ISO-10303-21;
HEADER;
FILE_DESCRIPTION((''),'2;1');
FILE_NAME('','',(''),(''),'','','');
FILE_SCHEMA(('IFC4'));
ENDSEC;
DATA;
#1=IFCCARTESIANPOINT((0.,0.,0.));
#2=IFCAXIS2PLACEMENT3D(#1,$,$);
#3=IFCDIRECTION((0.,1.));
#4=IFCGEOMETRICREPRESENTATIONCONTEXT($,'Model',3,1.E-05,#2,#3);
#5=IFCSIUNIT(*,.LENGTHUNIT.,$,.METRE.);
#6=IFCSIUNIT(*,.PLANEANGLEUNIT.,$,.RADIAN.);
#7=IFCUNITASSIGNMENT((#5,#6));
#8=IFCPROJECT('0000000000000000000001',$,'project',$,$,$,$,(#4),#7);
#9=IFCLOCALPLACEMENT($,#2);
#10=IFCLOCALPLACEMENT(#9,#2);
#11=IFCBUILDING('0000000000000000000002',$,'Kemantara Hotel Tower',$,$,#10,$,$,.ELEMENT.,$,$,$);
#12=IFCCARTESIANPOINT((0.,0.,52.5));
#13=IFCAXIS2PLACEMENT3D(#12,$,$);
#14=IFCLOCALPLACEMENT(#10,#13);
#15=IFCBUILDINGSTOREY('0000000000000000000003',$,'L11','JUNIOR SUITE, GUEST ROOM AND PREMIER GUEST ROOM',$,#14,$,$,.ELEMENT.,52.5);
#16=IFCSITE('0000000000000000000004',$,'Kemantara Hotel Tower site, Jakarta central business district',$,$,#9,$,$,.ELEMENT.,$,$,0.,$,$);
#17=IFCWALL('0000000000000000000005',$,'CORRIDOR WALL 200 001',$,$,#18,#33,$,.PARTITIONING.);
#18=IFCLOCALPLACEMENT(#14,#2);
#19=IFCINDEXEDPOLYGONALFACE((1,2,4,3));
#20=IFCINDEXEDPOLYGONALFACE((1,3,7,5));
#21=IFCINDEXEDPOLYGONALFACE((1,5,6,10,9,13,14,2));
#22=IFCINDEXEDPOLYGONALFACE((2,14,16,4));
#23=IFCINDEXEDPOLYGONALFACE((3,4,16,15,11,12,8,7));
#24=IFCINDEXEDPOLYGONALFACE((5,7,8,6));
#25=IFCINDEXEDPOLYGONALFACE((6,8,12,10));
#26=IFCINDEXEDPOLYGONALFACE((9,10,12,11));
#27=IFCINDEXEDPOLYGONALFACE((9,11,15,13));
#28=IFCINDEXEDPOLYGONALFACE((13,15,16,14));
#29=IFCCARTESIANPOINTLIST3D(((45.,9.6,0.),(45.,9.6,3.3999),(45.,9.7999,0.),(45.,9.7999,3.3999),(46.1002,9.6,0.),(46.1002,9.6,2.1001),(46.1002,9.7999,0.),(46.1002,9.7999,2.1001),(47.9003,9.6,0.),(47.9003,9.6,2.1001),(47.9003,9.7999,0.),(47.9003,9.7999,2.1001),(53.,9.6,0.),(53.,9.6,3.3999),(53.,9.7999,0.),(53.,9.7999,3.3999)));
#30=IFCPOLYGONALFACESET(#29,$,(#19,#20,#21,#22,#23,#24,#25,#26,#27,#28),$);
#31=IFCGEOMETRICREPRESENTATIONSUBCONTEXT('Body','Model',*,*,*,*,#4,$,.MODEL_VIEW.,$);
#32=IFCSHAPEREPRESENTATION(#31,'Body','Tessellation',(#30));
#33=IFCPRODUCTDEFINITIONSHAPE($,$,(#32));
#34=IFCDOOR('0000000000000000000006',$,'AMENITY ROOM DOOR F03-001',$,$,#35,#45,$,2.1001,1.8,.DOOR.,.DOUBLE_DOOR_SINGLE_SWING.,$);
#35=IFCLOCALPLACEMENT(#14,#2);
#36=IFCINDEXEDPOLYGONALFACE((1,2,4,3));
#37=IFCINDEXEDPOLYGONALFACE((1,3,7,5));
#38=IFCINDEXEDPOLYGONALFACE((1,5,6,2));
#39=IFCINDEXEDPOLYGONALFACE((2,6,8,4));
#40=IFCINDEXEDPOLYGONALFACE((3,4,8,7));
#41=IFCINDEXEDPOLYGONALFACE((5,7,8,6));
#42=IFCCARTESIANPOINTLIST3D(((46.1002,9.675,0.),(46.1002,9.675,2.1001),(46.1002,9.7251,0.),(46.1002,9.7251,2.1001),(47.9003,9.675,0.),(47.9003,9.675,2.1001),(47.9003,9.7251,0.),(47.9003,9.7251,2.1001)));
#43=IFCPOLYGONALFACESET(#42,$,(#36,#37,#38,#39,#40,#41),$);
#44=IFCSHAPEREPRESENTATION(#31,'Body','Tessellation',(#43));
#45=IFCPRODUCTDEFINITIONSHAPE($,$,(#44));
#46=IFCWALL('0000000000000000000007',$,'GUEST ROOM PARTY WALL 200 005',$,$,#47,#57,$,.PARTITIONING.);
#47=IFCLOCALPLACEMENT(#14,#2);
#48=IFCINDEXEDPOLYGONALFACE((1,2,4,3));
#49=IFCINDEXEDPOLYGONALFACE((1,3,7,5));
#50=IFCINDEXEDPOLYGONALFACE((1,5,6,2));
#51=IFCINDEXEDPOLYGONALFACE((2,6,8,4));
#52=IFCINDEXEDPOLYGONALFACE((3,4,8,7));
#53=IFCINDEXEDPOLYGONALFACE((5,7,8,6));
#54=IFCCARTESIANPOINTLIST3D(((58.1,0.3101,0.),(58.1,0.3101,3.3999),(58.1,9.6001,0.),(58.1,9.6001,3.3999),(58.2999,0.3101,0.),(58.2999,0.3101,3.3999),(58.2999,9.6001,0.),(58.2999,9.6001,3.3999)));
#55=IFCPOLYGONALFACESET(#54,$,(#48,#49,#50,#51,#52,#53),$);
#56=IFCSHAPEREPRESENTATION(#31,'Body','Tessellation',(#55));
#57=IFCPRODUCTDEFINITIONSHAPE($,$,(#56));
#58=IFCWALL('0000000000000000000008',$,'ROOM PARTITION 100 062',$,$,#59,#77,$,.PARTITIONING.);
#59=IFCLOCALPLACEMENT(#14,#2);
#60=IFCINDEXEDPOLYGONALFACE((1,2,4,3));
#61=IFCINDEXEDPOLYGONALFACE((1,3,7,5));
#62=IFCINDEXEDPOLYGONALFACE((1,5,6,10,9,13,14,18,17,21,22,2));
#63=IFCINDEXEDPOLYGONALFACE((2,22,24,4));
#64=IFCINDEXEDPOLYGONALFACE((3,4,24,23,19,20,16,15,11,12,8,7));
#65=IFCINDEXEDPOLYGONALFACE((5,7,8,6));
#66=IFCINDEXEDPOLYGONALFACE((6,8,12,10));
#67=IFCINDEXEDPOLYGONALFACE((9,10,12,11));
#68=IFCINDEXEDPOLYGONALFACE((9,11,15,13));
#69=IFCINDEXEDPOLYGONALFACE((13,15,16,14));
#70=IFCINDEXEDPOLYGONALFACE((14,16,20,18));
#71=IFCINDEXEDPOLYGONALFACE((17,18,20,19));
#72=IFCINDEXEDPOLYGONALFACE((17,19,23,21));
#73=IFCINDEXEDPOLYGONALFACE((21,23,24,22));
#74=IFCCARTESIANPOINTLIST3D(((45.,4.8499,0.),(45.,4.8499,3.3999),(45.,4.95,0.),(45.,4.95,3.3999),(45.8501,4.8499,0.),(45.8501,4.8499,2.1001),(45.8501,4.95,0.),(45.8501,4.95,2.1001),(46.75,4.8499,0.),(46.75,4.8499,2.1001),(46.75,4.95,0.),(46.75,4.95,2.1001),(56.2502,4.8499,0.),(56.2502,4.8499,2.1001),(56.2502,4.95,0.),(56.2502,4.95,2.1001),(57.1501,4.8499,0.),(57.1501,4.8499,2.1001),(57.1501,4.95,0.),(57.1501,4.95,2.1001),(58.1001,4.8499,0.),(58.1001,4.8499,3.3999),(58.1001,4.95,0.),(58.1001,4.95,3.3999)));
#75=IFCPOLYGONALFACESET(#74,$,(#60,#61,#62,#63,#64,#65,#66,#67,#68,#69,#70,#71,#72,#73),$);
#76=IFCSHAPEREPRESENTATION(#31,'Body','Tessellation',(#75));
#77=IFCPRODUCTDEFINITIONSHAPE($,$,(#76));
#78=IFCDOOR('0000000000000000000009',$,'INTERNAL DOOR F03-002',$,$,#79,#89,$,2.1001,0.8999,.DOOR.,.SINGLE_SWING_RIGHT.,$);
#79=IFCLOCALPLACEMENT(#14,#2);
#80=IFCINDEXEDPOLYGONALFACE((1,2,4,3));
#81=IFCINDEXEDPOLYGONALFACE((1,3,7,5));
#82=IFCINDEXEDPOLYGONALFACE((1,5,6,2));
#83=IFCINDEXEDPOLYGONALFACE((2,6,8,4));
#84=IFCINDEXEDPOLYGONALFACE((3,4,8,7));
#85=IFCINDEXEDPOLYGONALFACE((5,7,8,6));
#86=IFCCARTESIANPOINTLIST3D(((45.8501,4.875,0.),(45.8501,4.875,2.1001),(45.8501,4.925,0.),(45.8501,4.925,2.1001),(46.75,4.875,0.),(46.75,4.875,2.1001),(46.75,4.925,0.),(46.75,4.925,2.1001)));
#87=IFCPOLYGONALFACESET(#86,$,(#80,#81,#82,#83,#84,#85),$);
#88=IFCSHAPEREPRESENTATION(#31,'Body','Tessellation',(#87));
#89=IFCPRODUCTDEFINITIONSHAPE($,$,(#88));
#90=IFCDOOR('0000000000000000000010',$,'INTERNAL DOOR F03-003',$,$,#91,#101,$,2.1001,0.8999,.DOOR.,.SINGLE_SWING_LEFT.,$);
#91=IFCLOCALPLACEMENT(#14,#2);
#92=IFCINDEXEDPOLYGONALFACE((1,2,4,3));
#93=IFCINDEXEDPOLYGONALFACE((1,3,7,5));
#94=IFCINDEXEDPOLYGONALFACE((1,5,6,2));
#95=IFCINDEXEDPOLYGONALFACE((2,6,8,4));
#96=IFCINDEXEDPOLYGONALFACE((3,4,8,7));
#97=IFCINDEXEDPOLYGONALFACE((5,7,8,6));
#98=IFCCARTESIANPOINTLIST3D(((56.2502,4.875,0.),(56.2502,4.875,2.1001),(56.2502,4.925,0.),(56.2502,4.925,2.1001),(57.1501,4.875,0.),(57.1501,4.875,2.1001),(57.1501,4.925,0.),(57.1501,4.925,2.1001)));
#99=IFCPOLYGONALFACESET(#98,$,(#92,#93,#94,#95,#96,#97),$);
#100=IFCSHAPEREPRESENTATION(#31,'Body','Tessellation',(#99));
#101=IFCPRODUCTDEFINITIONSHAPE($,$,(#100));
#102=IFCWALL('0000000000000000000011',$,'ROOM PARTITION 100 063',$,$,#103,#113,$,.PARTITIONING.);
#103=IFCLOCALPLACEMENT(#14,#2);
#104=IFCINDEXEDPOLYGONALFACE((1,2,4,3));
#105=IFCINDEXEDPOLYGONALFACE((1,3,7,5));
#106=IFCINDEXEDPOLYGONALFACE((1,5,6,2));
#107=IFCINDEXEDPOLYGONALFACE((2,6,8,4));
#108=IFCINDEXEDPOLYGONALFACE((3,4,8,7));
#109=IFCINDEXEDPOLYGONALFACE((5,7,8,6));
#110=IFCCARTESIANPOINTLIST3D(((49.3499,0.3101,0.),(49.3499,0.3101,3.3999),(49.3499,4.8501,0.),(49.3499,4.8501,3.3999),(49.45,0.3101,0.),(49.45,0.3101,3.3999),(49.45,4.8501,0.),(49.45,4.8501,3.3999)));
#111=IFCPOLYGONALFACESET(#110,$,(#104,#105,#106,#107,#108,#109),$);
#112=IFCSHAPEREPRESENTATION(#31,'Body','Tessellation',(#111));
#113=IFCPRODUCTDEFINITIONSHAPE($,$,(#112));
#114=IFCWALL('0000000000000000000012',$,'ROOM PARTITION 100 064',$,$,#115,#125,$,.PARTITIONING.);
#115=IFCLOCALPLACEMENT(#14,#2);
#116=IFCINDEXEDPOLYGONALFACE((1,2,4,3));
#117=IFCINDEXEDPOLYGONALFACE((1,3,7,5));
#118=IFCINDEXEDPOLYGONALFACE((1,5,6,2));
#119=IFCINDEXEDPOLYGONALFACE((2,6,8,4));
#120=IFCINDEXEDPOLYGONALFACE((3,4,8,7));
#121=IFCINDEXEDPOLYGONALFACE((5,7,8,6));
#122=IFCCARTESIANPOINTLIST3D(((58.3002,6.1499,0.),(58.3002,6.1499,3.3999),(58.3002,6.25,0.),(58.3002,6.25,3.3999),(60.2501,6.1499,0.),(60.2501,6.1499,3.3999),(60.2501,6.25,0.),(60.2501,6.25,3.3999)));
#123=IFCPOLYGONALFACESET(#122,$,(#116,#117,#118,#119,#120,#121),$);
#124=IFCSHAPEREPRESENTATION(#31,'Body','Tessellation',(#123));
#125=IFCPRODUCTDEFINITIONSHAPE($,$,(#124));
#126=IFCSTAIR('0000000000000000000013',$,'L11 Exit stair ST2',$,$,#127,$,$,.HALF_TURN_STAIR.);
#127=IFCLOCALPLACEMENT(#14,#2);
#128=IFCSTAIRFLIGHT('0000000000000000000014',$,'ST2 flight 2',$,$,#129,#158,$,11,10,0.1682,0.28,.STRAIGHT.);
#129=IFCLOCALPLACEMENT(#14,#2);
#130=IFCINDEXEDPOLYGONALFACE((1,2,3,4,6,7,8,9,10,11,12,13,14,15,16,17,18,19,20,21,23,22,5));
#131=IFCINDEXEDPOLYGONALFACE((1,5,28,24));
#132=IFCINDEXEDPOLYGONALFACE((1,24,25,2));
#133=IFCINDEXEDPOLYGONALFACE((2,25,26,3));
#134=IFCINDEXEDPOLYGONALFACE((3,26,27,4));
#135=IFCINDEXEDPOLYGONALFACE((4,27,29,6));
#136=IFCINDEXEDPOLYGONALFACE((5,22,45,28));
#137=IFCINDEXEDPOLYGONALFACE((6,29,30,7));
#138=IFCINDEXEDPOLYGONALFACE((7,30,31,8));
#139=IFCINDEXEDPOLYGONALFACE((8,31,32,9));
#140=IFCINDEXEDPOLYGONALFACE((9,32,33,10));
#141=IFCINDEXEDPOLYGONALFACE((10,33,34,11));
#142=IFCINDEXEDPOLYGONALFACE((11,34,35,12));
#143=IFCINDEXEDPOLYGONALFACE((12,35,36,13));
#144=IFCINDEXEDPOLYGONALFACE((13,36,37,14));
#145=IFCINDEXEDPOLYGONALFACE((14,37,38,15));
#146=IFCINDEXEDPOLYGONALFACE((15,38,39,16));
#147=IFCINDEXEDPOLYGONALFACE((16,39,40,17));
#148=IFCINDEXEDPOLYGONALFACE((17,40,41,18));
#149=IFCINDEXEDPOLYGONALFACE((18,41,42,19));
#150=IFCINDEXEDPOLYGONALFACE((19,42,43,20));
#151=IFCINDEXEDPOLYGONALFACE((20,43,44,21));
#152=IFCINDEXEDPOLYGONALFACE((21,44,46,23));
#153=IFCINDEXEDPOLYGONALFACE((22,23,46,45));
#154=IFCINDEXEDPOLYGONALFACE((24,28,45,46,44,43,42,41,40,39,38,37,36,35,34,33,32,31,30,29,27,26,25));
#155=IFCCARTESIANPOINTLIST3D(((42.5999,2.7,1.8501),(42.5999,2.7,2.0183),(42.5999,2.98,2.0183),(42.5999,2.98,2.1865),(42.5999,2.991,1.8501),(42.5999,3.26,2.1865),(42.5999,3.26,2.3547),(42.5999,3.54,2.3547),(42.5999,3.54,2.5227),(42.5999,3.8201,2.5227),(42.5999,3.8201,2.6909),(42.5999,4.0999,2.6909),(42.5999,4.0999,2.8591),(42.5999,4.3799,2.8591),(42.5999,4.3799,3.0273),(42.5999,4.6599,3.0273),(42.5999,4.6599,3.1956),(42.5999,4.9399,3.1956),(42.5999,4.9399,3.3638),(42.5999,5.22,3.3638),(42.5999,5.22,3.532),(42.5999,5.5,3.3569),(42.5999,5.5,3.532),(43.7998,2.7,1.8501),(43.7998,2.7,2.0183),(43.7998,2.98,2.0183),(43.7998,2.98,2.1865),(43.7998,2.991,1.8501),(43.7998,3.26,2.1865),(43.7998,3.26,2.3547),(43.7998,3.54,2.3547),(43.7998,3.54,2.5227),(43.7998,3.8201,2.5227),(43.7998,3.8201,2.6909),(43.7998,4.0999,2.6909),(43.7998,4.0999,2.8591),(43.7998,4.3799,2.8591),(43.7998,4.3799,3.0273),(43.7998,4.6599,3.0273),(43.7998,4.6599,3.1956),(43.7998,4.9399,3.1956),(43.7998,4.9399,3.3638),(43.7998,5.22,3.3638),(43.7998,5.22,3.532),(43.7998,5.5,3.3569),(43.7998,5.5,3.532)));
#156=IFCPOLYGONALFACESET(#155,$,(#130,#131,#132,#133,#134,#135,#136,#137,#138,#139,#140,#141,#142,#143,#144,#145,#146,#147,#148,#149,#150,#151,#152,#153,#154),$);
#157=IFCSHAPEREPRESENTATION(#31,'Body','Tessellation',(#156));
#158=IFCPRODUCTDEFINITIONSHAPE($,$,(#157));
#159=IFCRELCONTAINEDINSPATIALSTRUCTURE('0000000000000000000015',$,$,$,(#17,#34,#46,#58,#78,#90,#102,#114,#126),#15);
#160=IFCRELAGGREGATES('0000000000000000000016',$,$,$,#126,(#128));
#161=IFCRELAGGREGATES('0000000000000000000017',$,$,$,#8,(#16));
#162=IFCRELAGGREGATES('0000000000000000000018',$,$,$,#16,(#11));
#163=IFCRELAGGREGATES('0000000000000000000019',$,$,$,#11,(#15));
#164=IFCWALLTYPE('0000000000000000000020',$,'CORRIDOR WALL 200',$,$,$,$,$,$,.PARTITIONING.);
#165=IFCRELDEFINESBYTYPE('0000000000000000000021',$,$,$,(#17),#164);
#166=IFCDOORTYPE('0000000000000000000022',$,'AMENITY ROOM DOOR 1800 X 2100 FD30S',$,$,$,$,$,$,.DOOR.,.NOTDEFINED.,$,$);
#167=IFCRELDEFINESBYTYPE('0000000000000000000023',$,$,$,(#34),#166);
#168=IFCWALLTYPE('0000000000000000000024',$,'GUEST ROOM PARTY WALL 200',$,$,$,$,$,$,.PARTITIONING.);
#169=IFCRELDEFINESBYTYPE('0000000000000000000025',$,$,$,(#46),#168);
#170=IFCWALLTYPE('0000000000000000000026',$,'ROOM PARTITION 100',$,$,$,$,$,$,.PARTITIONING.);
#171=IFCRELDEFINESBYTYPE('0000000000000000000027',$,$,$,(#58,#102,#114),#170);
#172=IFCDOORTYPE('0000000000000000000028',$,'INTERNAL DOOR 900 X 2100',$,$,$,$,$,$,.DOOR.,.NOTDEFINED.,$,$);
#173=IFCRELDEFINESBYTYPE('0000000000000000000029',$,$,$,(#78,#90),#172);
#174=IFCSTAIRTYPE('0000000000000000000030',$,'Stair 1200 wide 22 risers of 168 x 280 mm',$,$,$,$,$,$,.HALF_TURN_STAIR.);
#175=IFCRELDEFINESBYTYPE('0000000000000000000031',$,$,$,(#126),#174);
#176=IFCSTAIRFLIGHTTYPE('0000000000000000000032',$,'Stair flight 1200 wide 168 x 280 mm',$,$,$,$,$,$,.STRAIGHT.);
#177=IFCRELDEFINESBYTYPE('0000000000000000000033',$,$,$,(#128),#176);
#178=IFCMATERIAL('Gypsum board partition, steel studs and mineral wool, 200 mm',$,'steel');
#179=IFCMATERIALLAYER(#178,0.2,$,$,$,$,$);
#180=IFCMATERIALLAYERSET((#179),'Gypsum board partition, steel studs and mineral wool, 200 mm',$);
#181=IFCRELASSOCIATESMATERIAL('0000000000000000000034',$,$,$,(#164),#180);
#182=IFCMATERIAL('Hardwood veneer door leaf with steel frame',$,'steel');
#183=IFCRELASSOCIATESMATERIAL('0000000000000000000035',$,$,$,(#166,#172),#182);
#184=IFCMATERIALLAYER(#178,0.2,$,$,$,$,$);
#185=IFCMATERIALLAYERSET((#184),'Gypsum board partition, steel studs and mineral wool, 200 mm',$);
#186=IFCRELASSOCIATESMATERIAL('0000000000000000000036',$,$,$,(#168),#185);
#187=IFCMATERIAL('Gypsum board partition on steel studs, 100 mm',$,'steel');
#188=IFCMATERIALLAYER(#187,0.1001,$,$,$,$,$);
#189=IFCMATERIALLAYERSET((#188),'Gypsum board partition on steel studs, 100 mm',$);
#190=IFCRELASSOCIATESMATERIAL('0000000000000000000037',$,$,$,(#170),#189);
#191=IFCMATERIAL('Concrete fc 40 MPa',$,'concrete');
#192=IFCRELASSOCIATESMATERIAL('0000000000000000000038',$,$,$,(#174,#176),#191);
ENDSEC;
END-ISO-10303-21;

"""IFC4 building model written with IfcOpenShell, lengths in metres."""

from ifc_helpers import new_model, si_unit, direction, frame, frame_2d, origin, place, context, subcontext, project, spatial, polyline, rectangle, outline, extrude, material, layer, layer_set, type_object, element, fill, aggregate, save


model = new_model("IFC4")

# Units and contexts
model_context = context("Model", 3, precision=1e-05, world=origin(), true_north=direction((0.0, 1.0)))
body_context = subcontext(model_context, "Body", "Model", "MODEL_VIEW")
ifc_project = project(units=[si_unit("LENGTHUNIT", "METRE"), si_unit("PLANEANGLEUNIT", "RADIAN")], contexts=[model_context])

# Site, building, storey
site_placement = place(None, origin())
site = spatial("IfcSite", under=ifc_project, at=site_placement, Name="Kemantara Hotel Tower site, Jakarta central business district", CompositionType="ELEMENT", RefElevation=0.0)
building_placement = place(site_placement, origin())
building = spatial("IfcBuilding", under=site, at=building_placement, Name="Kemantara Hotel Tower", CompositionType="ELEMENT")
storey_placement = place(building_placement, frame((0.0, 0.0, 52.5)))
storey = spatial("IfcBuildingStorey", under=building, at=storey_placement, Name="L11", Description="JUNIOR SUITE, GUEST ROOM AND PREMIER GUEST ROOM", CompositionType="ELEMENT", Elevation=52.5)

# Wall, opening, door
ifc_material_1 = material(Name="Gypsum board partition, steel studs and mineral wool, 200 mm", Category="steel")
ifc_layer_1 = layer(ifc_material_1, 0.2)
ifc_layer_set_1 = layer_set([ifc_layer_1], Name="Gypsum board partition, steel studs and mineral wool, 200 mm")
wall_type_1 = type_object("IfcWallType", Name="CORRIDOR WALL 200", PredefinedType="PARTITIONING", material=ifc_layer_set_1)
wall_1_placement = place(storey_placement, frame((53.0, 9.7, 0.0), z_axis=(0.0, 0.0, 1.0), x_axis=(-1.0, 0.0, 0.0)))
wall_1 = element("IfcWall", 1, at=wall_1_placement, inside=storey, type_object=wall_type_1, Name="CORRIDOR WALL 200 001", PredefinedType="PARTITIONING", context=body_context, shape_type="SweptSolid", body=[
    extrude(rectangle(XDim=8.0, YDim=0.2, at=frame_2d((4.0, 0.0))), origin(), (0.0, 0.0, 1.0), 3.3999),
])
opening_1_placement = place(wall_1_placement, frame((5.0999, 0.0, 0.0)))
opening_1 = element("IfcOpeningElement", 2, at=opening_1_placement, cuts=wall_1, PredefinedType="OPENING", context=body_context, shape_type="SweptSolid", body=[
    extrude(rectangle(XDim=1.8, YDim=2.1001, at=frame_2d((0.8999, 1.05))), frame((0.0, 0.1099, 0.0), z_axis=(0.0, -1.0, 0.0), x_axis=(1.0, 0.0, 0.0)), (0.0, 0.0, 1.0), 0.22),
])
ifc_material_2 = material(Name="Hardwood veneer door leaf with steel frame", Category="steel")
door_type_1 = type_object("IfcDoorType", Name="AMENITY ROOM DOOR 1800 X 2100 FD30S", OperationType="NOTDEFINED", PredefinedType="DOOR", material=ifc_material_2)
door_1_placement = place(opening_1_placement, origin())
door_1 = element("IfcDoor", 3, at=door_1_placement, inside=storey, type_object=door_type_1, Name="AMENITY ROOM DOOR F03-001", OperationType="DOUBLE_DOOR_SINGLE_SWING", OverallHeight=2.1001, OverallWidth=1.8, PredefinedType="DOOR", context=body_context, shape_type="SweptSolid", body=[
    extrude(rectangle(XDim=1.8, YDim=2.1001, at=frame_2d((0.8999, 1.05))), frame((0.0, 0.0249, 0.0), z_axis=(0.0, -1.0, 0.0), x_axis=(1.0, 0.0, 0.0)), (0.0, 0.0, 1.0), 0.05),
])
fill(opening_1, door_1)

# Wall
ifc_layer_2 = layer(ifc_material_1, 0.2)
ifc_layer_set_2 = layer_set([ifc_layer_2], Name="Gypsum board partition, steel studs and mineral wool, 200 mm")
wall_type_2 = type_object("IfcWallType", Name="GUEST ROOM PARTY WALL 200", PredefinedType="PARTITIONING", material=ifc_layer_set_2)
wall_2_placement = place(storey_placement, frame((58.2, 0.3101, 0.0), z_axis=(0.0, 0.0, 1.0), x_axis=(0.0, 1.0, 0.0)))
element("IfcWall", 4, at=wall_2_placement, inside=storey, type_object=wall_type_2, Name="GUEST ROOM PARTY WALL 200 005", PredefinedType="PARTITIONING", context=body_context, shape_type="SweptSolid", body=[
    extrude(rectangle(XDim=9.29, YDim=0.2, at=frame_2d((4.645, 0.0))), origin(), (0.0, 0.0, 1.0), 3.3999),
])

# Wall, openings, doors
ifc_material_3 = material(Name="Gypsum board partition on steel studs, 100 mm", Category="steel")
ifc_layer_3 = layer(ifc_material_3, 0.1001)
ifc_layer_set_3 = layer_set([ifc_layer_3], Name="Gypsum board partition on steel studs, 100 mm")
wall_type_3 = type_object("IfcWallType", Name="ROOM PARTITION 100", PredefinedType="PARTITIONING", material=ifc_layer_set_3)
wall_3_placement = place(storey_placement, frame((58.1001, 4.8999, 0.0), z_axis=(0.0, 0.0, 1.0), x_axis=(-1.0, 0.0, 0.0)))
wall_3 = element("IfcWall", 5, at=wall_3_placement, inside=storey, type_object=wall_type_3, Name="ROOM PARTITION 100 062", PredefinedType="PARTITIONING", context=body_context, shape_type="SweptSolid", body=[
    extrude(rectangle(XDim=13.1001, YDim=0.1001, at=frame_2d((6.55, 0.0))), origin(), (0.0, 0.0, 1.0), 3.3999),
])
opening_2_placement = place(wall_3_placement, frame((11.3501, 0.0, 0.0)))
opening_2 = element("IfcOpeningElement", 6, at=opening_2_placement, cuts=wall_3, PredefinedType="OPENING", context=body_context, shape_type="SweptSolid", body=[
    extrude(rectangle(XDim=0.8999, YDim=2.1001, at=frame_2d((0.45, 1.05))), frame((0.0, 0.0601, 0.0), z_axis=(0.0, -1.0, 0.0), x_axis=(1.0, 0.0, 0.0)), (0.0, 0.0, 1.0), 0.1201),
])
opening_3_placement = place(wall_3_placement, frame((0.95, 0.0, 0.0)))
opening_3 = element("IfcOpeningElement", 7, at=opening_3_placement, cuts=wall_3, PredefinedType="OPENING", context=body_context, shape_type="SweptSolid", body=[
    extrude(rectangle(XDim=0.8999, YDim=2.1001, at=frame_2d((0.45, 1.05))), frame((0.0, 0.0601, 0.0), z_axis=(0.0, -1.0, 0.0), x_axis=(1.0, 0.0, 0.0)), (0.0, 0.0, 1.0), 0.1201),
])
door_type_2 = type_object("IfcDoorType", Name="INTERNAL DOOR 900 X 2100", OperationType="NOTDEFINED", PredefinedType="DOOR", material=ifc_material_2)
door_2_placement = place(opening_2_placement, origin())
door_2 = element("IfcDoor", 8, at=door_2_placement, inside=storey, type_object=door_type_2, Name="INTERNAL DOOR F03-002", OperationType="SINGLE_SWING_RIGHT", OverallHeight=2.1001, OverallWidth=0.8999, PredefinedType="DOOR", context=body_context, shape_type="SweptSolid", body=[
    extrude(rectangle(XDim=0.8999, YDim=2.1001, at=frame_2d((0.45, 1.05))), frame((0.0, 0.0249, 0.0), z_axis=(0.0, -1.0, 0.0), x_axis=(1.0, 0.0, 0.0)), (0.0, 0.0, 1.0), 0.05),
])
fill(opening_2, door_2)
door_3_placement = place(opening_3_placement, origin())
door_3 = element("IfcDoor", 9, at=door_3_placement, inside=storey, type_object=door_type_2, Name="INTERNAL DOOR F03-003", OperationType="SINGLE_SWING_LEFT", OverallHeight=2.1001, OverallWidth=0.8999, PredefinedType="DOOR", context=body_context, shape_type="SweptSolid", body=[
    extrude(rectangle(XDim=0.8999, YDim=2.1001, at=frame_2d((0.45, 1.05))), frame((0.0, 0.0249, 0.0), z_axis=(0.0, -1.0, 0.0), x_axis=(1.0, 0.0, 0.0)), (0.0, 0.0, 1.0), 0.05),
])
fill(opening_3, door_3)

# Walls
wall_4_placement = place(storey_placement, frame((49.3999, 0.3101, 0.0), z_axis=(0.0, 0.0, 1.0), x_axis=(0.0, 1.0, 0.0)))
element("IfcWall", 10, at=wall_4_placement, inside=storey, type_object=wall_type_3, Name="ROOM PARTITION 100 063", PredefinedType="PARTITIONING", context=body_context, shape_type="SweptSolid", body=[
    extrude(rectangle(XDim=4.54, YDim=0.1001, at=frame_2d((2.27, 0.0))), origin(), (0.0, 0.0, 1.0), 3.3999),
])
wall_5_placement = place(storey_placement, frame((58.3, 6.2, 0.0), z_axis=(0.0, 0.0, 1.0), x_axis=(1.0, 0.0, 0.0)))
element("IfcWall", 11, at=wall_5_placement, inside=storey, type_object=wall_type_3, Name="ROOM PARTITION 100 064", PredefinedType="PARTITIONING", context=body_context, shape_type="SweptSolid", body=[
    extrude(rectangle(XDim=1.95, YDim=0.1001, at=frame_2d((0.9751, 0.0))), origin(), (0.0, 0.0, 1.0), 3.3999),
])

# Stair, stair flight
ifc_material_4 = material(Name="Concrete fc 40 MPa", Category="concrete")
stair_type = type_object("IfcStairType", Name="Stair 1200 wide 22 risers of 168 x 280 mm", PredefinedType="HALF_TURN_STAIR", material=ifc_material_4)
stair_placement = place(storey_placement, origin())
stair = element("IfcStair", 12, at=stair_placement, inside=storey, type_object=stair_type, Name="L11 Exit stair ST2", PredefinedType="HALF_TURN_STAIR")
stair_flight_type = type_object("IfcStairFlightType", Name="Stair flight 1200 wide 168 x 280 mm", PredefinedType="STRAIGHT", material=ifc_material_4)
stair_flight_placement = place(storey_placement, frame((43.2, 2.7, 1.8501), z_axis=(0.0, 0.0, 1.0), x_axis=(0.0, 1.0, 0.0)))
stair_flight = element("IfcStairFlight", 13, at=stair_flight_placement, type_object=stair_flight_type, Name="ST2 flight 2", NumberOfRisers=11, NumberOfTreads=10, PredefinedType="STRAIGHT", RiserHeight=0.1682, TreadLength=0.28, context=body_context, shape_type="SweptSolid", body=[
    extrude(outline(polyline([(0.0, 0.0), (0.0, 0.1682), (0.28, 0.1682), (0.28, 0.3364), (0.5601, 0.3364), (0.5601, 0.5046), (0.8401, 0.5046), (0.8401, 0.6726), (1.1201, 0.6726), (1.1201, 0.8408), (1.3999, 0.8408), (1.3999, 1.009), (1.6799, 1.009), (1.6799, 1.1772), (1.96, 1.1772), (1.96, 1.3455), (2.24, 1.3455), (2.24, 1.5137), (2.52, 1.5137), (2.52, 1.6819), (2.8, 1.6819), (2.8, 1.8501), (2.8, 1.5068), (0.291, 0.0), (0.0, 0.0)])), frame((0.0, 0.6001, 0.0), z_axis=(0.0, -1.0, 0.0), x_axis=(1.0, 0.0, 0.0)), (0.0, 0.0, 1.0), 1.2),
])
aggregate(stair, [stair_flight])

save(model, "model.ifc")
